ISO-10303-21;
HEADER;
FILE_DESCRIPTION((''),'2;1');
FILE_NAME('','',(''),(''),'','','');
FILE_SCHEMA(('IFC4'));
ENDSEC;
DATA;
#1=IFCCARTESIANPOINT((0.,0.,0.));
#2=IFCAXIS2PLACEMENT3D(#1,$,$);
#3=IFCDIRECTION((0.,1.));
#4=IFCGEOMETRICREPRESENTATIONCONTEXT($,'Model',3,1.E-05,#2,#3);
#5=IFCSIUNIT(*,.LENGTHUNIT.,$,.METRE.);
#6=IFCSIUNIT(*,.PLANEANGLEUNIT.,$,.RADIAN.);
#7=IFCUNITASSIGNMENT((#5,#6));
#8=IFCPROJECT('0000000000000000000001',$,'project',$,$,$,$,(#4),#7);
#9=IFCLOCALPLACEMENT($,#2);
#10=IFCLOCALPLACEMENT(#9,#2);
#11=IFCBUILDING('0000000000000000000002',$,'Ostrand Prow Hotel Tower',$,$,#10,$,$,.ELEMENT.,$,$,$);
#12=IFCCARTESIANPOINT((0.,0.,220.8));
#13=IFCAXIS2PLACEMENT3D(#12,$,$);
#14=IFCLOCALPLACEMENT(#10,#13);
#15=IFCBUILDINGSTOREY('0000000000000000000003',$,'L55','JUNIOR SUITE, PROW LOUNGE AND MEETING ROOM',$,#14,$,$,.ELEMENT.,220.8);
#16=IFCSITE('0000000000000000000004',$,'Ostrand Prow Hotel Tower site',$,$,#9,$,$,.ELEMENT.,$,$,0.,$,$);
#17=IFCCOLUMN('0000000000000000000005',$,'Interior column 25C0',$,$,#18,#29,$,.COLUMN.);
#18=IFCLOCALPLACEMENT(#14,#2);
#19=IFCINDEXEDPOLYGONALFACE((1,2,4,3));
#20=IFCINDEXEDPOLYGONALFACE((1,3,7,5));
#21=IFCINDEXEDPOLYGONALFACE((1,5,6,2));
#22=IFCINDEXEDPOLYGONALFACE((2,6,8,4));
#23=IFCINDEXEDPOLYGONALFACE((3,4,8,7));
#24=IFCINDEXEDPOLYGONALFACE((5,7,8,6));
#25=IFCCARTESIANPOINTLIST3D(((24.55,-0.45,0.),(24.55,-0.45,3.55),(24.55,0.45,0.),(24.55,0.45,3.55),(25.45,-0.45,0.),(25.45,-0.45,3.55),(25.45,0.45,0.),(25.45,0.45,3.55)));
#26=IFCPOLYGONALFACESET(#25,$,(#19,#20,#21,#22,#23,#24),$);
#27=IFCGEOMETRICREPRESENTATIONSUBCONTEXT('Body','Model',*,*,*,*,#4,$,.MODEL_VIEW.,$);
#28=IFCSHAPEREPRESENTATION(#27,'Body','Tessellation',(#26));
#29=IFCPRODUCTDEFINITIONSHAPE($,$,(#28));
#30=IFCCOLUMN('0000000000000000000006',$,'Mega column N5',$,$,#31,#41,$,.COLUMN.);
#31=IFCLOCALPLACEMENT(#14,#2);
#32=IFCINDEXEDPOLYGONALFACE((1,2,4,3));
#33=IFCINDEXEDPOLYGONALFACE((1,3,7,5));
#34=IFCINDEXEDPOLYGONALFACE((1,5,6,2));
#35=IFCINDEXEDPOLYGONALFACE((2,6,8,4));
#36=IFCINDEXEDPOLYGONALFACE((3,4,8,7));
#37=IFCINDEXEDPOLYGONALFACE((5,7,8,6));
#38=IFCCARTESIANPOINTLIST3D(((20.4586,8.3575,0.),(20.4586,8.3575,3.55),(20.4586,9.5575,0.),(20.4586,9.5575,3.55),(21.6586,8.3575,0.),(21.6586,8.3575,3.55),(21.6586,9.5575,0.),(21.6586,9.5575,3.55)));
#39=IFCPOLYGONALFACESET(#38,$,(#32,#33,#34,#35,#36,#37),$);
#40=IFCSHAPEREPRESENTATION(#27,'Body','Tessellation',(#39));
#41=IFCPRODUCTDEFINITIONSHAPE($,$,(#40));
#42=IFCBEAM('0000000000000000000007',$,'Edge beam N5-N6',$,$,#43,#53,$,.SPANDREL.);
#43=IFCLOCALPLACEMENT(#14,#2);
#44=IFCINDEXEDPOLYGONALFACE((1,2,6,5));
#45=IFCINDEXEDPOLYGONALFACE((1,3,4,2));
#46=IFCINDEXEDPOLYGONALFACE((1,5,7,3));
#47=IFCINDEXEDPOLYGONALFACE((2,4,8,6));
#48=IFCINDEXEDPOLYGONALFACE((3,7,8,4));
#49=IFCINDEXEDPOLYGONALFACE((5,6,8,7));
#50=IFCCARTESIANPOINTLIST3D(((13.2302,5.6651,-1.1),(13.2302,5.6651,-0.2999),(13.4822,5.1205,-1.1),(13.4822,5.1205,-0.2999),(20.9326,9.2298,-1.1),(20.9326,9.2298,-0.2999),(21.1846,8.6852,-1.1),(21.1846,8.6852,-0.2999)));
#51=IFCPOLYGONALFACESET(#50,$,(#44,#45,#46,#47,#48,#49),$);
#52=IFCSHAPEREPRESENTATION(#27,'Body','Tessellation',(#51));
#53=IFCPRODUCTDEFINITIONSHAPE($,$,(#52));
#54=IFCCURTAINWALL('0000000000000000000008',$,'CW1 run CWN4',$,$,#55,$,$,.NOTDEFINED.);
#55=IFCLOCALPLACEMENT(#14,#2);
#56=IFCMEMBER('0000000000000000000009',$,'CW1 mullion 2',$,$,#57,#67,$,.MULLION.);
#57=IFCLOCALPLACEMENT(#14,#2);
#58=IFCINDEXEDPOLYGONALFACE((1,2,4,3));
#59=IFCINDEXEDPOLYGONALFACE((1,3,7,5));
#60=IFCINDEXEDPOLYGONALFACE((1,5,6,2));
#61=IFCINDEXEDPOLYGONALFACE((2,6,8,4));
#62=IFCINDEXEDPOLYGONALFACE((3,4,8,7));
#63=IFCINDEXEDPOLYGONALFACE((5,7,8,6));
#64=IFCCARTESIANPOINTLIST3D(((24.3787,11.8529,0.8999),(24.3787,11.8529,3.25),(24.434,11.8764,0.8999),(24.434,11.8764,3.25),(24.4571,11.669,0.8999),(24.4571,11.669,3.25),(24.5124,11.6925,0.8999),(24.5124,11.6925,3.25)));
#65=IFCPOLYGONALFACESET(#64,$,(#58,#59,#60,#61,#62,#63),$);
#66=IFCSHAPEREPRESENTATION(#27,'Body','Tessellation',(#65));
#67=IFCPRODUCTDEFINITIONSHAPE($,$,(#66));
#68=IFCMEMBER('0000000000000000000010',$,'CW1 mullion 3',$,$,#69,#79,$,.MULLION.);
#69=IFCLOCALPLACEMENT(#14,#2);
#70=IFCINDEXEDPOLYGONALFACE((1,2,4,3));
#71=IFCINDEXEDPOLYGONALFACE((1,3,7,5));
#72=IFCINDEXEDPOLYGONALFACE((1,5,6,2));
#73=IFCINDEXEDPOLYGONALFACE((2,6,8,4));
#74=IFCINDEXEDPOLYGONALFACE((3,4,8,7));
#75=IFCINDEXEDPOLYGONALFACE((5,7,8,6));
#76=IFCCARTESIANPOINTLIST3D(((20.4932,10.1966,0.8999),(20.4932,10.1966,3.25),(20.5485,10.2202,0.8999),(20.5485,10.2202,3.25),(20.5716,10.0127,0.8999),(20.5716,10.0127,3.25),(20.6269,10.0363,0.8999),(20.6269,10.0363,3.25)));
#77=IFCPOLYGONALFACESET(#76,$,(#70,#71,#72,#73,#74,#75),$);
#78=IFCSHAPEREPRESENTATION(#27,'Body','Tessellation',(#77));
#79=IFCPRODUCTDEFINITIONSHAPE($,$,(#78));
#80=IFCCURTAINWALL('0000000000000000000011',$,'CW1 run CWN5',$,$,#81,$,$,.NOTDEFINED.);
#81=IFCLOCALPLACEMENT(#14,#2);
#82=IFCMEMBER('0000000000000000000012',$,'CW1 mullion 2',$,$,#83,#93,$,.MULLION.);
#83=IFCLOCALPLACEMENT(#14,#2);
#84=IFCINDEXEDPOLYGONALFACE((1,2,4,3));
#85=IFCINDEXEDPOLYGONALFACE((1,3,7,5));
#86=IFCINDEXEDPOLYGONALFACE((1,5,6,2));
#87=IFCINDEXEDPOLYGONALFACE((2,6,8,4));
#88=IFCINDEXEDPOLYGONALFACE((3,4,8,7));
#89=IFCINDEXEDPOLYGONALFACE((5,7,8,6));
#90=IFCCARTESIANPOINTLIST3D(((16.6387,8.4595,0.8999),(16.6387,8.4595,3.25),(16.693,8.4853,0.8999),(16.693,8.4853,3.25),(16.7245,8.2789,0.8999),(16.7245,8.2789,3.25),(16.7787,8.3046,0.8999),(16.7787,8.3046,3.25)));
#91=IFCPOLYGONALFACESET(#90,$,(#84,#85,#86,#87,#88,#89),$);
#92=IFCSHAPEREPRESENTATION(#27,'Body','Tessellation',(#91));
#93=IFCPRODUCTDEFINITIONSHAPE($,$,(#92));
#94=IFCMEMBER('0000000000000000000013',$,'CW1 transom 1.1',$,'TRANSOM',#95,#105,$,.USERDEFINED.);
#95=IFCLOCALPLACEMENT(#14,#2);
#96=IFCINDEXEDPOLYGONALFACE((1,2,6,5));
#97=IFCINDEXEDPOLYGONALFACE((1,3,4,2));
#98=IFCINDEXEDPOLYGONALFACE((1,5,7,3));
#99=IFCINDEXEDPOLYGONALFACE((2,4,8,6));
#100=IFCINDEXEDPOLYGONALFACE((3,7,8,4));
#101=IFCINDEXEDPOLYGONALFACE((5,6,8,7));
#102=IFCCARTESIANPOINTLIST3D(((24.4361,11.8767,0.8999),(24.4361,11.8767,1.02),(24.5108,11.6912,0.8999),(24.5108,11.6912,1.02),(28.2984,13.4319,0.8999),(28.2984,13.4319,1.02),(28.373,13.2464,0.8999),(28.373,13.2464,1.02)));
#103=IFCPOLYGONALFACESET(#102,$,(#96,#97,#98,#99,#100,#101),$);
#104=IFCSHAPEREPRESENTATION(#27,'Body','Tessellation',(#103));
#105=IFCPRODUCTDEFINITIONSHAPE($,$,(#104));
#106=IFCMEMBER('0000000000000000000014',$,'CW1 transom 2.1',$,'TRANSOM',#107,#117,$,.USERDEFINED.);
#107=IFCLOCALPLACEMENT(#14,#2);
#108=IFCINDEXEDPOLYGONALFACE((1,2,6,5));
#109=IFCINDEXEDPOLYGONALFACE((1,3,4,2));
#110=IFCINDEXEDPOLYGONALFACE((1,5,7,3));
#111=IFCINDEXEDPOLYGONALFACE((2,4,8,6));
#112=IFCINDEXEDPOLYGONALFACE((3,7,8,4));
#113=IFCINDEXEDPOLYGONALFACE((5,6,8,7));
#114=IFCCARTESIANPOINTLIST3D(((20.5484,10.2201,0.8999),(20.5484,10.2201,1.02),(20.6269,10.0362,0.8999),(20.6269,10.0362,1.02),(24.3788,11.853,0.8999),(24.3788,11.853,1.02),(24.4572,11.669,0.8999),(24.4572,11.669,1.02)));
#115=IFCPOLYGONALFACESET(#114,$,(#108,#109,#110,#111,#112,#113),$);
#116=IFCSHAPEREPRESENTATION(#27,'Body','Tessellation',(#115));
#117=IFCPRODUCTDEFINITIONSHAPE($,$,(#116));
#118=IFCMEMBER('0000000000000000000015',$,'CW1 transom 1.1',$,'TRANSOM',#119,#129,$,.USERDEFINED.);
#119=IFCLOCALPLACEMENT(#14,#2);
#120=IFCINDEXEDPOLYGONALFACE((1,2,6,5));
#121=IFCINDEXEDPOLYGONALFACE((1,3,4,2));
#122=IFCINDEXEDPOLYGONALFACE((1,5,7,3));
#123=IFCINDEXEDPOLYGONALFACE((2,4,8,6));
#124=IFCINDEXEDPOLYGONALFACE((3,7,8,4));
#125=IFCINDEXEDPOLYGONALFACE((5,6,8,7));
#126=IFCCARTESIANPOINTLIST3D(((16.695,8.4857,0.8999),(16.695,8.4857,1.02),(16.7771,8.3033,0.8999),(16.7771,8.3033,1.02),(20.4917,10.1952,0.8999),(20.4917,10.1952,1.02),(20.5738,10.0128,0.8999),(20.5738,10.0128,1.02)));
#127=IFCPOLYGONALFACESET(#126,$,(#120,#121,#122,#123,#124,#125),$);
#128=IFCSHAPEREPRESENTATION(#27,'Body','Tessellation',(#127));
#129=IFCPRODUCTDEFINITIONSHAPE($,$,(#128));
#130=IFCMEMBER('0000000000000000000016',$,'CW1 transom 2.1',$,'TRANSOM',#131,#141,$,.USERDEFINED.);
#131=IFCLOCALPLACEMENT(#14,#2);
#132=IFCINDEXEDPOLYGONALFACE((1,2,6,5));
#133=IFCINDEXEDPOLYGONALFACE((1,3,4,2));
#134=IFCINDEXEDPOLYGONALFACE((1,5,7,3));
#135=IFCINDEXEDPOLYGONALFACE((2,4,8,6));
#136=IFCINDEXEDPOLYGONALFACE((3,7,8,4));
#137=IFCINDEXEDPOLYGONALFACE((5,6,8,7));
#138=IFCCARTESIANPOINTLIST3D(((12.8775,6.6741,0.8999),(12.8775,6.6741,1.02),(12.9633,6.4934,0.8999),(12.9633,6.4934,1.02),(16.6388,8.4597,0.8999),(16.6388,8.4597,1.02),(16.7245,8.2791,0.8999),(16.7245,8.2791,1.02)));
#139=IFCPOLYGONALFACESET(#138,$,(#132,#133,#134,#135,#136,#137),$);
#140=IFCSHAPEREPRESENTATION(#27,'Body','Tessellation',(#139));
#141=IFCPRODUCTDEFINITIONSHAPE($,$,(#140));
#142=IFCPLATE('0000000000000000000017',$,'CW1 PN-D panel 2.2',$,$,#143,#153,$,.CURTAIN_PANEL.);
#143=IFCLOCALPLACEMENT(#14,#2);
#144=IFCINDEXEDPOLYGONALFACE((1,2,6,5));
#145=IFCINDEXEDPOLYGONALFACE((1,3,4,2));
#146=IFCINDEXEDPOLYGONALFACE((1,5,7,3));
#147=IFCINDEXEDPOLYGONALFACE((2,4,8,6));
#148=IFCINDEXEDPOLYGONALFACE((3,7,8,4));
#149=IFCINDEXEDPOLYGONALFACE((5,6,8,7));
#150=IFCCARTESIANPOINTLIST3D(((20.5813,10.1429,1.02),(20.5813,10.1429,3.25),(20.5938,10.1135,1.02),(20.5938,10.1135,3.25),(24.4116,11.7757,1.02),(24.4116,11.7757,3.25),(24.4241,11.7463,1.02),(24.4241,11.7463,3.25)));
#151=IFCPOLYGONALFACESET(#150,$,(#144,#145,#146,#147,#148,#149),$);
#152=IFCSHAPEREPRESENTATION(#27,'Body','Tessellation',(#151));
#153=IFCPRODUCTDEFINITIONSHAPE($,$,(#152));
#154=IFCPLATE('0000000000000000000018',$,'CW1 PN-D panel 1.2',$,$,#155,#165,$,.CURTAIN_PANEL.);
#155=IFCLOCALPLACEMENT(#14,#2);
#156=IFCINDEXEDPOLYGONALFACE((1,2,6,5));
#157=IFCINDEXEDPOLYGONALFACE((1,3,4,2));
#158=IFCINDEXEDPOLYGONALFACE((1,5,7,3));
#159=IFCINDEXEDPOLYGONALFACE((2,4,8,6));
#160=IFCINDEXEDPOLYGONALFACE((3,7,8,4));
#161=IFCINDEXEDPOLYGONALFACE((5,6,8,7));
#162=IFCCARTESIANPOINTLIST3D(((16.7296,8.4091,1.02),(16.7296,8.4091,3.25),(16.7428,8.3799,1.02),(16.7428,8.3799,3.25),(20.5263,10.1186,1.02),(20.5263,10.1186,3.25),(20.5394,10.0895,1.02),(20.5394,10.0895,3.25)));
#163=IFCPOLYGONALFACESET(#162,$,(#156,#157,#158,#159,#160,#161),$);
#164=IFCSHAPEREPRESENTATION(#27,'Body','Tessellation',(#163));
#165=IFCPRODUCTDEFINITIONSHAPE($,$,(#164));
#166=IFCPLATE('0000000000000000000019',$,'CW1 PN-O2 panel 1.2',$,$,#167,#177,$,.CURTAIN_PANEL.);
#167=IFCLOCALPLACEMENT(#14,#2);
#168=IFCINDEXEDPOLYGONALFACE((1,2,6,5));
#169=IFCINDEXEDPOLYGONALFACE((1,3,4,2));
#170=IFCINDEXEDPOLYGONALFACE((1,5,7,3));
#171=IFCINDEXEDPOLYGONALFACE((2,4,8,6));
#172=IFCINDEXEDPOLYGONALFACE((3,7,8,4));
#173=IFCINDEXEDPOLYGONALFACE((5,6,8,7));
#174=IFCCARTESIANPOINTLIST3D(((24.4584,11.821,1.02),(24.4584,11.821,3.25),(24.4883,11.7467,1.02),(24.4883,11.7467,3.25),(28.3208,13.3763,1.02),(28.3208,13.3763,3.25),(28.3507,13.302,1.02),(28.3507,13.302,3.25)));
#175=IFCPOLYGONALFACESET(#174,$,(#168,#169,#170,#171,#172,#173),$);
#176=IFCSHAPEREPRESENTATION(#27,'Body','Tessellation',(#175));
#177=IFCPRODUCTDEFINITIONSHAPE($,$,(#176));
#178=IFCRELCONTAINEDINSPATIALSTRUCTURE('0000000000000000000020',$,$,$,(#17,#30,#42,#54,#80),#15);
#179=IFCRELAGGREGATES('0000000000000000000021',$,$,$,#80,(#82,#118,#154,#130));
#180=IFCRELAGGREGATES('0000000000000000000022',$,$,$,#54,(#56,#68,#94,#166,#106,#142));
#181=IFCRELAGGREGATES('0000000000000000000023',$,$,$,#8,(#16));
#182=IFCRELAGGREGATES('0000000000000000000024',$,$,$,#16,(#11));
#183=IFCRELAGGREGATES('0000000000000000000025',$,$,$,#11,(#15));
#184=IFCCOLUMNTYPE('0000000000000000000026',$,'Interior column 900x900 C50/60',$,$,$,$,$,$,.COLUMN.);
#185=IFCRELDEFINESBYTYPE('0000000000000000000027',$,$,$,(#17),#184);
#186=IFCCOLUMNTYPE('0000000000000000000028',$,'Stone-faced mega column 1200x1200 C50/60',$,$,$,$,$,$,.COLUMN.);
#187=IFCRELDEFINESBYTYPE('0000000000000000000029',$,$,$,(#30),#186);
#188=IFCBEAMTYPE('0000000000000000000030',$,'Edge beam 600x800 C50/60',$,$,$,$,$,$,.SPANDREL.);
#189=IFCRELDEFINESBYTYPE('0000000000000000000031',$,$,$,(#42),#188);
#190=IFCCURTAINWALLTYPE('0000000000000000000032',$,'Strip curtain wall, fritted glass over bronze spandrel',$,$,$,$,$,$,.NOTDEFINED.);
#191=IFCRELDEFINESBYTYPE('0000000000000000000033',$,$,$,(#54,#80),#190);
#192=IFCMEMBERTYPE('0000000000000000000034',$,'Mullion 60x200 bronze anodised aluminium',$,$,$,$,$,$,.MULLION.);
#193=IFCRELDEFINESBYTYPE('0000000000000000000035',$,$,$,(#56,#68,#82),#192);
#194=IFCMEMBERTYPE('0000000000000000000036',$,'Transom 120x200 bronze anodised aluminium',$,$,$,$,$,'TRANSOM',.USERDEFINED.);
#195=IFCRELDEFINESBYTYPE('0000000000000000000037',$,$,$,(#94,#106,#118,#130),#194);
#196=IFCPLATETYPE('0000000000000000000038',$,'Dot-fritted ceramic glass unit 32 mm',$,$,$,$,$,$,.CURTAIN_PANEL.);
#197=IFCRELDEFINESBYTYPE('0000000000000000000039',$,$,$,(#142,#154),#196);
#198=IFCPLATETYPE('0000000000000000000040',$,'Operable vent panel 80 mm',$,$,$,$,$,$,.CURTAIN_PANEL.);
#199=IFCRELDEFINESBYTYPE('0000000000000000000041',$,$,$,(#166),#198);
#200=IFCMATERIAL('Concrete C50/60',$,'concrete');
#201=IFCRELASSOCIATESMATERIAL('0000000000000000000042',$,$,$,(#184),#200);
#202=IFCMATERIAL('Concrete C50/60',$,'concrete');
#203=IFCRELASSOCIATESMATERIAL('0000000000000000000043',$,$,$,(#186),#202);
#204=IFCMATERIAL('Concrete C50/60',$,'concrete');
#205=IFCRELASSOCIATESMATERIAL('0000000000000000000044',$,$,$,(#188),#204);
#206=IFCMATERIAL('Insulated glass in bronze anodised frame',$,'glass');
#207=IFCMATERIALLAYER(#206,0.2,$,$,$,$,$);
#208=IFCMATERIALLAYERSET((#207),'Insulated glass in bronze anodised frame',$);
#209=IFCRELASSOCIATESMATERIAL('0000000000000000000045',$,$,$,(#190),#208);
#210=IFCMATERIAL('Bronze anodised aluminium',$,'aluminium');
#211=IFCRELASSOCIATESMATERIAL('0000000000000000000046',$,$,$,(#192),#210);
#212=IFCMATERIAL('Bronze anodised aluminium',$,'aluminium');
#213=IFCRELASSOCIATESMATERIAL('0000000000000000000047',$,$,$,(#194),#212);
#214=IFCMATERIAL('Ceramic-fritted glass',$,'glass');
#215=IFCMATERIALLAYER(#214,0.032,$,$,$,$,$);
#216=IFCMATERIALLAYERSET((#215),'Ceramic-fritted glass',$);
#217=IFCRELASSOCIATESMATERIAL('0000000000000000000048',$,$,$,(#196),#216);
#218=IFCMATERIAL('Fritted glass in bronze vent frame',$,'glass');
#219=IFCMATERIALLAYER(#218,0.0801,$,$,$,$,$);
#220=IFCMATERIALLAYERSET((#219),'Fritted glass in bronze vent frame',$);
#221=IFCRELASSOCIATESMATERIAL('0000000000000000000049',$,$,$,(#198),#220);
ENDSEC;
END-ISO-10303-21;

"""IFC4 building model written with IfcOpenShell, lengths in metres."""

from ifc_helpers import new_model, si_unit, direction, frame, origin, origin_2d, place, context, subcontext, project, spatial, rectangle, extrude, material, layer, layer_set, material_profile, profile_set, type_object, element, aggregate, save


model = new_model("IFC4")

# Units and contexts
model_context = context("Model", 3, precision=1e-05, world=origin(), true_north=direction((0.0, 1.0)))
body_context = subcontext(model_context, "Body", "Model", "MODEL_VIEW")
ifc_project = project(units=[si_unit("LENGTHUNIT", "METRE"), si_unit("PLANEANGLEUNIT", "RADIAN")], contexts=[model_context])

# Site, building, storey
site_placement = place(None, origin())
site = spatial("IfcSite", under=ifc_project, at=site_placement, Name="Ostrand Prow Hotel Tower site", CompositionType="ELEMENT", RefElevation=0.0)
building_placement = place(site_placement, origin())
building = spatial("IfcBuilding", under=site, at=building_placement, Name="Ostrand Prow Hotel Tower", CompositionType="ELEMENT")
storey_placement = place(building_placement, frame((0.0, 0.0, 220.8)))
storey = spatial("IfcBuildingStorey", under=building, at=storey_placement, Name="L55", Description="JUNIOR SUITE, PROW LOUNGE AND MEETING ROOM", CompositionType="ELEMENT", Elevation=220.8)

# Columns
ifc_material_1 = material(Name="Concrete C50/60", Category="concrete")
ifc_material_profile_1 = material_profile(ifc_material_1, rectangle(XDim=0.8999, YDim=0.8999, at=origin_2d()), Name="RC 900x900")
ifc_profile_set_1 = profile_set([ifc_material_profile_1], Name="Concrete C50/60")
column_type_1 = type_object("IfcColumnType", Name="Interior column 900x900 C50/60", PredefinedType="COLUMN", material=ifc_profile_set_1)
column_1_placement = place(storey_placement, frame((25.0, 0.0, 0.0), z_axis=(0.0, 0.0, 1.0), x_axis=(1.0, 0.0, 0.0)))
element("IfcColumn", 1, at=column_1_placement, inside=storey, type_object=column_type_1, Name="Interior column 25C0", PredefinedType="COLUMN", context=body_context, shape_type="SweptSolid", body=[
    extrude(rectangle(XDim=0.8999, YDim=0.8999, at=origin_2d()), origin(), (0.0, 0.0, 1.0), 3.55),
])
ifc_material_2 = material(Name="Concrete C50/60", Category="concrete")
ifc_material_profile_2 = material_profile(ifc_material_2, rectangle(XDim=1.2, YDim=1.2, at=origin_2d()), Name="RC 1200x1200")
ifc_profile_set_2 = profile_set([ifc_material_profile_2], Name="Concrete C50/60")
column_type_2 = type_object("IfcColumnType", Name="Stone-faced mega column 1200x1200 C50/60", PredefinedType="COLUMN", material=ifc_profile_set_2)
column_2_placement = place(storey_placement, frame((21.0586, 8.9575, 0.0), z_axis=(0.0, 0.0, 1.0), x_axis=(1.0, 0.0, 0.0)))
element("IfcColumn", 2, at=column_2_placement, inside=storey, type_object=column_type_2, Name="Mega column N5", PredefinedType="COLUMN", context=body_context, shape_type="SweptSolid", body=[
    extrude(rectangle(XDim=1.2, YDim=1.2, at=origin_2d()), origin(), (0.0, 0.0, 1.0), 3.55),
])

# Beam
ifc_material_3 = material(Name="Concrete C50/60", Category="concrete")
ifc_material_profile_3 = material_profile(ifc_material_3, rectangle(XDim=0.6001, YDim=0.8, at=origin_2d()), Name="RC 600x800")
ifc_profile_set_3 = profile_set([ifc_material_profile_3], Name="Concrete C50/60")
beam_type = type_object("IfcBeamType", Name="Edge beam 600x800 C50/60", PredefinedType="SPANDREL", material=ifc_profile_set_3)
beam_placement = place(storey_placement, frame((21.0586, 8.9575, -0.7), z_axis=(-0.907522, -0.420005, 0.0), x_axis=(0.420005, -0.907522, 0.0)))
element("IfcBeam", 3, at=beam_placement, inside=storey, type_object=beam_type, Name="Edge beam N5-N6", PredefinedType="SPANDREL", context=body_context, shape_type="SweptSolid", body=[
    extrude(rectangle(XDim=0.6001, YDim=0.8, at=origin_2d()), origin(), (0.0, 0.0, 1.0), 8.4873),
])

# Curtain wall, members
ifc_material_4 = material(Name="Insulated glass in bronze anodised frame", Category="glass")
ifc_layer_1 = layer(ifc_material_4, 0.2)
ifc_layer_set_1 = layer_set([ifc_layer_1], Name="Insulated glass in bronze anodised frame")
curtain_wall_type = type_object("IfcCurtainWallType", Name="Strip curtain wall, fritted glass over bronze spandrel", PredefinedType="NOTDEFINED", material=ifc_layer_set_1)
curtain_wall_1_placement = place(storey_placement, origin())
curtain_wall_1 = element("IfcCurtainWall", 4, at=curtain_wall_1_placement, inside=storey, type_object=curtain_wall_type, Name="CW1 run CWN4", PredefinedType="NOTDEFINED")
ifc_material_5 = material(Name="Bronze anodised aluminium", Category="aluminium")
ifc_material_profile_4 = material_profile(ifc_material_5, rectangle(XDim=0.2, YDim=0.0601, at=origin_2d()), Name="Mullion 60x200 bronze anodised aluminium")
ifc_profile_set_4 = profile_set([ifc_material_profile_4], Name="Bronze anodised aluminium")
member_type_1 = type_object("IfcMemberType", Name="Mullion 60x200 bronze anodised aluminium", PredefinedType="MULLION", material=ifc_profile_set_4)
member_1_placement = place(storey_placement, frame((24.4456, 11.7727, 0.8999), z_axis=(0.0, 0.0, 1.0), x_axis=(0.392136, -0.919907, 0.0)))
member_1 = element("IfcMember", 5, at=member_1_placement, type_object=member_type_1, Name="CW1 mullion 2", PredefinedType="MULLION", context=body_context, shape_type="SweptSolid", body=[
    extrude(rectangle(XDim=0.2, YDim=0.0601, at=origin_2d()), origin(), (0.0, 0.0, 1.0), 2.3501),
])
member_2_placement = place(storey_placement, frame((20.5601, 10.1165, 0.8999), z_axis=(0.0, 0.0, 1.0), x_axis=(0.392136, -0.919907, 0.0)))
member_2 = element("IfcMember", 6, at=member_2_placement, type_object=member_type_1, Name="CW1 mullion 3", PredefinedType="MULLION", context=body_context, shape_type="SweptSolid", body=[
    extrude(rectangle(XDim=0.2, YDim=0.0601, at=origin_2d()), origin(), (0.0, 0.0, 1.0), 2.3501),
])

# Curtain wall, member
curtain_wall_2_placement = place(storey_placement, origin())
curtain_wall_2 = element("IfcCurtainWall", 7, at=curtain_wall_2_placement, inside=storey, type_object=curtain_wall_type, Name="CW1 run CWN5", PredefinedType="NOTDEFINED")
member_3_placement = place(storey_placement, frame((16.7087, 8.3821, 0.8999), z_axis=(0.0, 0.0, 1.0), x_axis=(0.428861, -0.90337, 0.0)))
member_3 = element("IfcMember", 8, at=member_3_placement, type_object=member_type_1, Name="CW1 mullion 2", PredefinedType="MULLION", context=body_context, shape_type="SweptSolid", body=[
    extrude(rectangle(XDim=0.2, YDim=0.0601, at=origin_2d()), origin(), (0.0, 0.0, 1.0), 2.3501),
])

# Members
ifc_material_6 = material(Name="Bronze anodised aluminium", Category="aluminium")
ifc_material_profile_5 = material_profile(ifc_material_6, rectangle(XDim=0.2, YDim=0.1201, at=origin_2d()), Name="Transom 120x200 bronze anodised aluminium")
ifc_profile_set_5 = profile_set([ifc_material_profile_5], Name="Bronze anodised aluminium")
member_type_2 = type_object("IfcMemberType", Name="Transom 120x200 bronze anodised aluminium", ElementType="TRANSOM", PredefinedType="USERDEFINED", material=ifc_profile_set_5)
member_4_placement = place(storey_placement, frame((28.3357, 13.3391, 0.96), z_axis=(-0.927625, -0.373513, 0.0), x_axis=(0.373513, -0.927625, 0.0)))
member_4 = element("IfcMember", 9, at=member_4_placement, type_object=member_type_2, Name="CW1 transom 1.1", ObjectType="TRANSOM", PredefinedType="USERDEFINED", context=body_context, shape_type="SweptSolid", body=[
    extrude(rectangle(XDim=0.2, YDim=0.1201, at=origin_2d()), origin(), (0.0, 0.0, 1.0), 4.1636),
])
member_5_placement = place(storey_placement, frame((24.418, 11.761, 0.96), z_axis=(-0.919905, -0.392142, 0.0), x_axis=(0.392142, -0.919905, 0.0)))
member_5 = element("IfcMember", 10, at=member_5_placement, type_object=member_type_2, Name="CW1 transom 2.1", ObjectType="TRANSOM", PredefinedType="USERDEFINED", context=body_context, shape_type="SweptSolid", body=[
    extrude(rectangle(XDim=0.2, YDim=0.1201, at=origin_2d()), origin(), (0.0, 0.0, 1.0), 4.1638),
])
member_6_placement = place(storey_placement, frame((20.5327, 10.104, 0.96), z_axis=(-0.911833, -0.410562, 0.0), x_axis=(0.410562, -0.911833, 0.0)))
member_6 = element("IfcMember", 11, at=member_6_placement, type_object=member_type_2, Name="CW1 transom 1.1", ObjectType="TRANSOM", PredefinedType="USERDEFINED", context=body_context, shape_type="SweptSolid", body=[
    extrude(rectangle(XDim=0.2, YDim=0.1201, at=origin_2d()), origin(), (0.0, 0.0, 1.0), 4.1638),
])
member_7_placement = place(storey_placement, frame((16.6816, 8.3694, 0.96), z_axis=(-0.903365, -0.428873, 0.0), x_axis=(0.428873, -0.903365, 0.0)))
member_7 = element("IfcMember", 12, at=member_7_placement, type_object=member_type_2, Name="CW1 transom 2.1", ObjectType="TRANSOM", PredefinedType="USERDEFINED", context=body_context, shape_type="SweptSolid", body=[
    extrude(rectangle(XDim=0.2, YDim=0.1201, at=origin_2d()), origin(), (0.0, 0.0, 1.0), 4.1636),
])

# Plates
ifc_material_7 = material(Name="Ceramic-fritted glass", Category="glass")
ifc_layer_2 = layer(ifc_material_7, 0.032)
ifc_layer_set_2 = layer_set([ifc_layer_2], Name="Ceramic-fritted glass")
plate_type_1 = type_object("IfcPlateType", Name="Dot-fritted ceramic glass unit 32 mm", PredefinedType="CURTAIN_PANEL", material=ifc_layer_set_2)
plate_1_placement = place(storey_placement, frame((22.5027, 10.9446, 1.02), z_axis=(0.0, 0.0, 1.0), x_axis=(-0.919907, -0.392136, 0.0)))
plate_1 = element("IfcPlate", 13, at=plate_1_placement, type_object=plate_type_1, Name="CW1 PN-D panel 2.2", PredefinedType="CURTAIN_PANEL", context=body_context, shape_type="SweptSolid", body=[
    extrude(rectangle(XDim=4.1638, YDim=0.032, at=origin_2d()), origin(), (0.0, 0.0, 1.0), 2.23),
])
plate_2_placement = place(storey_placement, frame((18.6345, 9.2493, 1.02), z_axis=(0.0, 0.0, 1.0), x_axis=(-0.911824, -0.410582, 0.0)))
plate_2 = element("IfcPlate", 14, at=plate_2_placement, type_object=plate_type_1, Name="CW1 PN-D panel 1.2", PredefinedType="CURTAIN_PANEL", context=body_context, shape_type="SweptSolid", body=[
    extrude(rectangle(XDim=4.1638, YDim=0.032, at=origin_2d()), origin(), (0.0, 0.0, 1.0), 2.23),
])
aggregate(curtain_wall_2, [member_3, member_6, plate_2, member_7])
ifc_material_8 = material(Name="Fritted glass in bronze vent frame", Category="glass")
ifc_layer_3 = layer(ifc_material_8, 0.0801)
ifc_layer_set_3 = layer_set([ifc_layer_3], Name="Fritted glass in bronze vent frame")
plate_type_2 = type_object("IfcPlateType", Name="Operable vent panel 80 mm", PredefinedType="CURTAIN_PANEL", material=ifc_layer_set_3)
plate_3_placement = place(storey_placement, frame((26.4045, 12.5615, 1.02), z_axis=(0.0, 0.0, 1.0), x_axis=(-0.927617, -0.373533, 0.0)))
plate_3 = element("IfcPlate", 15, at=plate_3_placement, type_object=plate_type_2, Name="CW1 PN-O2 panel 1.2", PredefinedType="CURTAIN_PANEL", context=body_context, shape_type="SweptSolid", body=[
    extrude(rectangle(XDim=4.1638, YDim=0.0801, at=origin_2d()), origin(), (0.0, 0.0, 1.0), 2.23),
])
aggregate(curtain_wall_1, [member_1, member_2, member_4, plate_3, member_5, plate_1])

save(model, "model.ifc")
